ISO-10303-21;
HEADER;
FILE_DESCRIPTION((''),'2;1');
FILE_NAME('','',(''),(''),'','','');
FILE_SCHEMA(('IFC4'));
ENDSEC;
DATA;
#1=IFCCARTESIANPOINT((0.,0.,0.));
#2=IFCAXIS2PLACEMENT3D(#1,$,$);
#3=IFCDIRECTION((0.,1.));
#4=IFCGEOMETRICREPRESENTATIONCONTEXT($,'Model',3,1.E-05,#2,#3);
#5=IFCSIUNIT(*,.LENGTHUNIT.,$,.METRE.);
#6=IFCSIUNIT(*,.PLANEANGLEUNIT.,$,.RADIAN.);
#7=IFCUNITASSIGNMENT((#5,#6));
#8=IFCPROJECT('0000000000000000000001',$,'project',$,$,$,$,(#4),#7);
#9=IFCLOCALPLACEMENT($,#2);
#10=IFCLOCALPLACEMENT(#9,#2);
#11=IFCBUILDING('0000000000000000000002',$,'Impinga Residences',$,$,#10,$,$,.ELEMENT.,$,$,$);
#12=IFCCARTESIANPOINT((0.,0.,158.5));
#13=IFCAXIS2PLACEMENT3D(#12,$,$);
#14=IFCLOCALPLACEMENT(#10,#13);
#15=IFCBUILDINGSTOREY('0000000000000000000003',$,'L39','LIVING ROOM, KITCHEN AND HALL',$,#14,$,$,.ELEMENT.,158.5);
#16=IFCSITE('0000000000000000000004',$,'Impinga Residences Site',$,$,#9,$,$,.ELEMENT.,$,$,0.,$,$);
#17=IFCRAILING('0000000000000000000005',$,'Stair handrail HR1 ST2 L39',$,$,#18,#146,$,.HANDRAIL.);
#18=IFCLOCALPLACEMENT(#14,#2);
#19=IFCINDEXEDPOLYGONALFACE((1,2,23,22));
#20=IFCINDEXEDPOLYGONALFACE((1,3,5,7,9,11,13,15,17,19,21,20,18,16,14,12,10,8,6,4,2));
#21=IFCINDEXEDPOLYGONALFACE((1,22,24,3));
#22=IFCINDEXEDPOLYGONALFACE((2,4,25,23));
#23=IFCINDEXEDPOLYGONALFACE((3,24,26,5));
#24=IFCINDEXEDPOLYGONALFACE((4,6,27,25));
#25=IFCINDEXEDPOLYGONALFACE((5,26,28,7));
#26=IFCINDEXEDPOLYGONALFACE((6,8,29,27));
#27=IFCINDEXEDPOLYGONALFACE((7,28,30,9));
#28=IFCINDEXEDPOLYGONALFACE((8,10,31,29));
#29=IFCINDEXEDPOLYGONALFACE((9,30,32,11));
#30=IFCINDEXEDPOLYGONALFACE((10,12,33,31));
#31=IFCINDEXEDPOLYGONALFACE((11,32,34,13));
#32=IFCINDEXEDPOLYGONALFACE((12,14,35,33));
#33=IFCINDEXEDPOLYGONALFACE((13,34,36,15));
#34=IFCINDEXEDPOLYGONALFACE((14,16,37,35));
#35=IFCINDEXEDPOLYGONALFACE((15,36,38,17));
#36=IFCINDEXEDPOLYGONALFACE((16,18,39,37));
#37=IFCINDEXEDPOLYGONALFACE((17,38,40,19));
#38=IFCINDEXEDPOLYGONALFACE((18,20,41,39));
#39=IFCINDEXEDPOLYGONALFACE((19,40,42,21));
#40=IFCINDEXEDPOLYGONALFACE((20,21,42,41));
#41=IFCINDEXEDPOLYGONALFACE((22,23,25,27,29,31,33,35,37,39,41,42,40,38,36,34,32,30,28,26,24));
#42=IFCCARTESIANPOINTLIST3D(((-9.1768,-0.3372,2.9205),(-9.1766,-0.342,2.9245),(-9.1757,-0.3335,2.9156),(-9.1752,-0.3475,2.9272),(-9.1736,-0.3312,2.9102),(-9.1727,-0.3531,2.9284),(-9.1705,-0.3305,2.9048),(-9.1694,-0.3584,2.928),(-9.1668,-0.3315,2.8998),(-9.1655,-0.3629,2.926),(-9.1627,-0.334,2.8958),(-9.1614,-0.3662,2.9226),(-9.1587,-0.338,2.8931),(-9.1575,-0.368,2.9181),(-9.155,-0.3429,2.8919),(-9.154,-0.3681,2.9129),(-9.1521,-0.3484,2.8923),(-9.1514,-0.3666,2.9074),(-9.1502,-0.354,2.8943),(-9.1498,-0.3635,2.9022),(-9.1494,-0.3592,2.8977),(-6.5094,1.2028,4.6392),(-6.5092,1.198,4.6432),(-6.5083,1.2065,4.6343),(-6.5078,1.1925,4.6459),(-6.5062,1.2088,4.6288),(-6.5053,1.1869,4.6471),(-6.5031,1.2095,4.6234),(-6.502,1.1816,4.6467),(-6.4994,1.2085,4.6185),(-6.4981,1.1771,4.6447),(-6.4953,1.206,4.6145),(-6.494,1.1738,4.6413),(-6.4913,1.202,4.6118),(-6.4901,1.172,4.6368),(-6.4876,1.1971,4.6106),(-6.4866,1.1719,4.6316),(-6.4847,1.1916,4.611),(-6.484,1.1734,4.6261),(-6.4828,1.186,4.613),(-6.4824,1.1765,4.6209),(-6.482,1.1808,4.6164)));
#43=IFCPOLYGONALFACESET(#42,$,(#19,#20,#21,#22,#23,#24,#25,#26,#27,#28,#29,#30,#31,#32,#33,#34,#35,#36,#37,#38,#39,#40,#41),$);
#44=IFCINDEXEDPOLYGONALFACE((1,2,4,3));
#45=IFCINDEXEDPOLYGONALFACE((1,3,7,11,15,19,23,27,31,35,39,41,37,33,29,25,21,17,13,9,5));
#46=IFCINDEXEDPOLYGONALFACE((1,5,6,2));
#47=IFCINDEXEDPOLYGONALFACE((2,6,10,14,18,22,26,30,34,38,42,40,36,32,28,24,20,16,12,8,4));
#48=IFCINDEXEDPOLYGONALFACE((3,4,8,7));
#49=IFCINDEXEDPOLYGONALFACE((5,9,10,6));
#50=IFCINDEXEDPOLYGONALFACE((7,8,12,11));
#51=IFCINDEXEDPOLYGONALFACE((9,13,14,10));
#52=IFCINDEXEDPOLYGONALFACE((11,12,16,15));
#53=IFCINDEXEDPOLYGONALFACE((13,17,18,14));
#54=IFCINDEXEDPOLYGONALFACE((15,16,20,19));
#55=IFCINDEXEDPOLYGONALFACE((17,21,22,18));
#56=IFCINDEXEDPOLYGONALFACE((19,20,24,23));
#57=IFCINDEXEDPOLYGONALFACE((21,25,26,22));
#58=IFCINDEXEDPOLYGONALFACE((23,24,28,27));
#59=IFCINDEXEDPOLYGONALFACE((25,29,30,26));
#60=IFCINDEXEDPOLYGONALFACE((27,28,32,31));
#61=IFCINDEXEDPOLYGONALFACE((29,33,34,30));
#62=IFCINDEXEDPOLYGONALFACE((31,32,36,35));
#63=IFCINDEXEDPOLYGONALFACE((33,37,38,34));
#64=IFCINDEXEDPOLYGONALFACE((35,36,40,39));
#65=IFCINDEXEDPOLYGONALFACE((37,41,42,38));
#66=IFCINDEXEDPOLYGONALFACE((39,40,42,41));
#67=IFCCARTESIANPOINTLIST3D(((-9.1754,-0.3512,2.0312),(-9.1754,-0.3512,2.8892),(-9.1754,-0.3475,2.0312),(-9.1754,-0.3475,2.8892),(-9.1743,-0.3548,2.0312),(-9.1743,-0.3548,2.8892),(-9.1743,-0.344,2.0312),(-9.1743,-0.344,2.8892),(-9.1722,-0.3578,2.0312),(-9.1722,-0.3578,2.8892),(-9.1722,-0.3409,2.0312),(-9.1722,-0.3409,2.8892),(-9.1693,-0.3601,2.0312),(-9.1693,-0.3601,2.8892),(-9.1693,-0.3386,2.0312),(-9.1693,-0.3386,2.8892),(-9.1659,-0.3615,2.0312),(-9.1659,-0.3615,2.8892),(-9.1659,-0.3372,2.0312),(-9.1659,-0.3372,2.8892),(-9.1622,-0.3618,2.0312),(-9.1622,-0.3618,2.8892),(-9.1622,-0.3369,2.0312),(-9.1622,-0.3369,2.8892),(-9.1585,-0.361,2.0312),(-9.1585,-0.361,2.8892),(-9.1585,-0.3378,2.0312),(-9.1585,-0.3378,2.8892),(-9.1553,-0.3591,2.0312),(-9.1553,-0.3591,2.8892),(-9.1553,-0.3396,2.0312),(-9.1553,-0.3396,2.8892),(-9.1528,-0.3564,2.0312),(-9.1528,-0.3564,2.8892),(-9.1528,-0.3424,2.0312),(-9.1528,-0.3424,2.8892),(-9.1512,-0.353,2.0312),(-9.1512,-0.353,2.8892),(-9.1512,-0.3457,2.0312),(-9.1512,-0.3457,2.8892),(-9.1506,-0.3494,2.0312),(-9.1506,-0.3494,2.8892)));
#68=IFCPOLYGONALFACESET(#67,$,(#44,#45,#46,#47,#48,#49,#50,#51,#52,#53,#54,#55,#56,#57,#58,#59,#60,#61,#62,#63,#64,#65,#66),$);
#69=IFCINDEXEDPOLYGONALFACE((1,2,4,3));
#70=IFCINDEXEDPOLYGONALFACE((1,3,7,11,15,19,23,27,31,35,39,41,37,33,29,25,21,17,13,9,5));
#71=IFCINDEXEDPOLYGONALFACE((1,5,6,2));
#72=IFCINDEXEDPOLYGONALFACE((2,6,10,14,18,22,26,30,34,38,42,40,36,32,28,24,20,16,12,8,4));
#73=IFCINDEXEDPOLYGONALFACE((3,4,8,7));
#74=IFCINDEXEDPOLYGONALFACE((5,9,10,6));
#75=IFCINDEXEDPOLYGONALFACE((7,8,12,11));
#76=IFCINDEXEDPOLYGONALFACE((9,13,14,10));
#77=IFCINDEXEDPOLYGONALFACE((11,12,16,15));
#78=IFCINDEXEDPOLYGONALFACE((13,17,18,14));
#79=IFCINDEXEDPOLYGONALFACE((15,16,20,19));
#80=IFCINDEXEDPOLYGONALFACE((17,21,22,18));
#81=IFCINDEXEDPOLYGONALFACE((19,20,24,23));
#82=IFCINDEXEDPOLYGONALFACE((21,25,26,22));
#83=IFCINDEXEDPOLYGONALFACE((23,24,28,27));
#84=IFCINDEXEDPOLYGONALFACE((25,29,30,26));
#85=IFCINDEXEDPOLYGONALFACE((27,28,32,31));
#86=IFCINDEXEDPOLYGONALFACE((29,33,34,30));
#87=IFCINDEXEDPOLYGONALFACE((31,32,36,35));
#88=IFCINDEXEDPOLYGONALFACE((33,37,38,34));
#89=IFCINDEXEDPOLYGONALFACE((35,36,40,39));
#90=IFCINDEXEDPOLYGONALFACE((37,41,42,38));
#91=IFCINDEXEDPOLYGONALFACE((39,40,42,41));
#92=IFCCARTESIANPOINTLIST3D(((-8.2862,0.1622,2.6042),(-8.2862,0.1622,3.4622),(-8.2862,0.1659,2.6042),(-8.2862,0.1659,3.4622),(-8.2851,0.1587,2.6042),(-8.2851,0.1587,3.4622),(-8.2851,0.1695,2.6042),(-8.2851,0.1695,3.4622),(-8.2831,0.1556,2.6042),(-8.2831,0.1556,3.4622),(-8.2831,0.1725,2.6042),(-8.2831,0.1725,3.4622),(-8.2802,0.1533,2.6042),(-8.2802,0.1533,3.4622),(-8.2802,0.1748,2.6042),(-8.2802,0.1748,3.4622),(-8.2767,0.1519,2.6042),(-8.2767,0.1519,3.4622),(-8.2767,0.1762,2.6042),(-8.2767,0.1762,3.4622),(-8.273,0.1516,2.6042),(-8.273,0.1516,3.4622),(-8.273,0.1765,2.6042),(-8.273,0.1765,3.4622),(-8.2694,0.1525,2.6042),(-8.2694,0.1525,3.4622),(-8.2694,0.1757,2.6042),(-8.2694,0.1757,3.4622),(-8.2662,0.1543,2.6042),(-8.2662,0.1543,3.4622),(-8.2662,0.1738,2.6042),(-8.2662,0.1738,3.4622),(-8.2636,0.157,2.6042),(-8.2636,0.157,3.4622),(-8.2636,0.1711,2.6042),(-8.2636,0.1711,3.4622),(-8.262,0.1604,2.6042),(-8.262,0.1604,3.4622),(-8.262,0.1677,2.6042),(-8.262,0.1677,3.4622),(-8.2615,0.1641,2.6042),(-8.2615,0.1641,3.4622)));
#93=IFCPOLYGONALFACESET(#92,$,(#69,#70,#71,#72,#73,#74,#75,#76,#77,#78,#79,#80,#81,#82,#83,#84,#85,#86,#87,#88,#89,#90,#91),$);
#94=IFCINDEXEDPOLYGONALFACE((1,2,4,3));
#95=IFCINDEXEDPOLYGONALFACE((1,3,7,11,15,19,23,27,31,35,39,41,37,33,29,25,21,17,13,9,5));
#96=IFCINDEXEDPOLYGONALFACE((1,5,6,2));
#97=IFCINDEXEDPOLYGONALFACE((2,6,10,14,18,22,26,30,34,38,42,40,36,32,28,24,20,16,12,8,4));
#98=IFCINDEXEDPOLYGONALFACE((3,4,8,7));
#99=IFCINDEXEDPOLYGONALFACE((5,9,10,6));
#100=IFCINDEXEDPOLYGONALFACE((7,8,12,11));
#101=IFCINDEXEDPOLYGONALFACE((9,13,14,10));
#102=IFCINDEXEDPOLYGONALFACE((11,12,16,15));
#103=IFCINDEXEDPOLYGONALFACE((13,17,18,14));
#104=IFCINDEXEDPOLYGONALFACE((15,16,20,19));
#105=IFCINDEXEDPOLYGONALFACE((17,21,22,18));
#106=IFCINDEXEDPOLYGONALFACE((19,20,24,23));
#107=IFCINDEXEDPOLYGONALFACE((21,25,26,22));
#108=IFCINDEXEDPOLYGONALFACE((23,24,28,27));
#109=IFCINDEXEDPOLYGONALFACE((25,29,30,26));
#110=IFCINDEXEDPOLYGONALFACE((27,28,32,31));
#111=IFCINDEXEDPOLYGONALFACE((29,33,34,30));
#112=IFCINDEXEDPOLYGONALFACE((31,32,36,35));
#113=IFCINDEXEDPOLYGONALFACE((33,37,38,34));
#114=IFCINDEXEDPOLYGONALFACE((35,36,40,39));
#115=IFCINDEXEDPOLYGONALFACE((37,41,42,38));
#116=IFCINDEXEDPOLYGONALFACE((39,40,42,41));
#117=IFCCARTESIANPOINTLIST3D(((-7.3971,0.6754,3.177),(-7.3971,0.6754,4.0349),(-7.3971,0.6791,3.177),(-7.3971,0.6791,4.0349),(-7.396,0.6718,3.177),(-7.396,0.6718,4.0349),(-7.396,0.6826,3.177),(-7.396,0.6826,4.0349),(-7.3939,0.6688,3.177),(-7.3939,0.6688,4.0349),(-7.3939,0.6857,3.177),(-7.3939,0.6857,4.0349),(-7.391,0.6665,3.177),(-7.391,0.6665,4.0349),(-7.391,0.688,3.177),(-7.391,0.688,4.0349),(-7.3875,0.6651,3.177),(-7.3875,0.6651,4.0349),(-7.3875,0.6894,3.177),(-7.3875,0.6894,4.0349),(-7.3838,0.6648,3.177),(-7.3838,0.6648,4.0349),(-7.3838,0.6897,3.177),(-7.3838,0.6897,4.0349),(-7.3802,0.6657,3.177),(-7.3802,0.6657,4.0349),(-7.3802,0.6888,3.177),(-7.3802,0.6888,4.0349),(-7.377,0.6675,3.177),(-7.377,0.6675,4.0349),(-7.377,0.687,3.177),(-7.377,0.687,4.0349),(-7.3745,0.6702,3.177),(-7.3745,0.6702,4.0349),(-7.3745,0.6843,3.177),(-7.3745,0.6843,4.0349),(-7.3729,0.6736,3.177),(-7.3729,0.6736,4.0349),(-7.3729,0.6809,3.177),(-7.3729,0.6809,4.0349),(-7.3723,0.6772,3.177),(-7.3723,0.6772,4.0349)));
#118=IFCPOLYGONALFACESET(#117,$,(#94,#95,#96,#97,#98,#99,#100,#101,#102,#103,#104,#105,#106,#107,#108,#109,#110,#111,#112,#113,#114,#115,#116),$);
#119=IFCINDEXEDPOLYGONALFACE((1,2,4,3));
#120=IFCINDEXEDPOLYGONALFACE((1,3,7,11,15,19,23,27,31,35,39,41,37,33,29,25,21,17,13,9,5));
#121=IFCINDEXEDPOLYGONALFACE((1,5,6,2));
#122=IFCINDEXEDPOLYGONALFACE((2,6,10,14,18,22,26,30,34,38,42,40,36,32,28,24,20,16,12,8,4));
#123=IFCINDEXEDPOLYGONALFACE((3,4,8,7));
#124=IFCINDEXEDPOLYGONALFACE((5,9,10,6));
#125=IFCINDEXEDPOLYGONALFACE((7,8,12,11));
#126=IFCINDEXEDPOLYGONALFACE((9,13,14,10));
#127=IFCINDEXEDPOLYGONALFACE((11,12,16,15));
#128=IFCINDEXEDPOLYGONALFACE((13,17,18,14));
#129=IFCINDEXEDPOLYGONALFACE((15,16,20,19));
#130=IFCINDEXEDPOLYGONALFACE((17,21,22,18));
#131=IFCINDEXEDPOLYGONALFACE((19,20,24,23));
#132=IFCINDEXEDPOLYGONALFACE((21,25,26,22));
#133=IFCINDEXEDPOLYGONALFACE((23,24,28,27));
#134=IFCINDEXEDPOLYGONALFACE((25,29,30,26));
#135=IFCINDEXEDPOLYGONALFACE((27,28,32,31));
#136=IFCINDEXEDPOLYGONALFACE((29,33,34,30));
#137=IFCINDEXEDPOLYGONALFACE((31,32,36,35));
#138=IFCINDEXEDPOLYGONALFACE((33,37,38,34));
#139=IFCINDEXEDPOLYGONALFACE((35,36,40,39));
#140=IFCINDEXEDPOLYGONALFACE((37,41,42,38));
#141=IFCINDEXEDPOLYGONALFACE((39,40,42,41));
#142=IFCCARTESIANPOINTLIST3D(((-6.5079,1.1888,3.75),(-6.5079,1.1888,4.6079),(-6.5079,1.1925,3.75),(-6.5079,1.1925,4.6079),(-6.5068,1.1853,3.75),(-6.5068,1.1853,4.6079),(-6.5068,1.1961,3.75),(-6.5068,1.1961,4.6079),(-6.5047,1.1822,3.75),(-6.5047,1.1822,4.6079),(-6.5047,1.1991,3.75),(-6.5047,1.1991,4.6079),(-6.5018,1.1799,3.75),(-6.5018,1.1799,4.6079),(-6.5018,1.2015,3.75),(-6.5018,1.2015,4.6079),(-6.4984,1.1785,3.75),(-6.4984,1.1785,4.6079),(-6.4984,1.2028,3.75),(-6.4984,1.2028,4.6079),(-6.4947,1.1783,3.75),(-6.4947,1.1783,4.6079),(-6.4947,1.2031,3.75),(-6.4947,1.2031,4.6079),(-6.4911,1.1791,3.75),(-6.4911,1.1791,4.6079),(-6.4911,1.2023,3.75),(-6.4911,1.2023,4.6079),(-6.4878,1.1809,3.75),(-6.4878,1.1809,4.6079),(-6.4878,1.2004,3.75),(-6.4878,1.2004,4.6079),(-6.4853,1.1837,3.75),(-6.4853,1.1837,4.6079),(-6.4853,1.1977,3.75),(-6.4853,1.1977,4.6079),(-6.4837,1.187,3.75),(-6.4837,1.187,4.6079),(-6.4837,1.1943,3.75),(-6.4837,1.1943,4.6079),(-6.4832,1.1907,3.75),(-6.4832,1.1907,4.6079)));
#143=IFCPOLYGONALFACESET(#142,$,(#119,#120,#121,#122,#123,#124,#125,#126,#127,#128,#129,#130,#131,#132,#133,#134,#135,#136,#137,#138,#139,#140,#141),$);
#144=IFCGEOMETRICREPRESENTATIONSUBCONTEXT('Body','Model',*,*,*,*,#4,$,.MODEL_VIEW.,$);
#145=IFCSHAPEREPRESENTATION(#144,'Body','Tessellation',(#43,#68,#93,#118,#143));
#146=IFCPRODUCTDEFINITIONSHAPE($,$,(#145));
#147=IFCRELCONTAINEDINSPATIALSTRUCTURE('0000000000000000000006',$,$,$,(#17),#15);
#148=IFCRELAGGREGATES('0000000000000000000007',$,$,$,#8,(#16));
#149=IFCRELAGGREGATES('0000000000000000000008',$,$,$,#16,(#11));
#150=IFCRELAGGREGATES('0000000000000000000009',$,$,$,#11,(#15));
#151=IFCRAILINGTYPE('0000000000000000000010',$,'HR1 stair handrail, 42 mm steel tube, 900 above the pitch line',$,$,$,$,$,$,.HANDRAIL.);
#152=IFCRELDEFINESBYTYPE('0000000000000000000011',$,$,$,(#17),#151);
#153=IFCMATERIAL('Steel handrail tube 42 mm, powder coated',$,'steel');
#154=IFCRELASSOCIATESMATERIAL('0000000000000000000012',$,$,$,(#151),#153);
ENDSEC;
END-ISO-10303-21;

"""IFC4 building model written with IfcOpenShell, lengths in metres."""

from ifc_helpers import new_model, si_unit, direction, frame, origin, origin_2d, place, context, subcontext, project, spatial, circle, extrude, material, type_object, element, save


model = new_model("IFC4")

# Units and contexts
model_context = context("Model", 3, precision=1e-05, world=origin(), true_north=direction((0.0, 1.0)))
body_context = subcontext(model_context, "Body", "Model", "MODEL_VIEW")
ifc_project = project(units=[si_unit("LENGTHUNIT", "METRE"), si_unit("PLANEANGLEUNIT", "RADIAN")], contexts=[model_context])

# Site, building, storey
site_placement = place(None, origin())
site = spatial("IfcSite", under=ifc_project, at=site_placement, Name="Impinga Residences Site", CompositionType="ELEMENT", RefElevation=0.0)
building_placement = place(site_placement, origin())
building = spatial("IfcBuilding", under=site, at=building_placement, Name="Impinga Residences", CompositionType="ELEMENT")
storey_placement = place(building_placement, frame((0.0, 0.0, 158.5)))
storey = spatial("IfcBuildingStorey", under=building, at=storey_placement, Name="L39", Description="LIVING ROOM, KITCHEN AND HALL", CompositionType="ELEMENT", Elevation=158.5)

# Railing
ifc_material_1 = material(Name="Steel handrail tube 42 mm, powder coated", Category="steel")
railing_type_1 = type_object("IfcRailingType", Name="HR1 stair handrail, 42 mm steel tube, 900 above the pitch line", PredefinedType="HANDRAIL", material=ifc_material_1)
railing_1_placement = place(storey_placement, frame((-9.1631, -0.3494, 2.0312)))
element("IfcRailing", 1, at=railing_1_placement, inside=storey, type_object=railing_type_1, Name="Stair handrail HR1 ST2 L39", PredefinedType="HANDRAIL", context=body_context, shape_type="SweptSolid", body=[
    extrude(circle(Radius=0.021, at=origin_2d()), frame((0.0, 0.0, 0.8789), z_axis=(0.756256, 0.436616, 0.487282), x_axis=(-0.499992, 0.86603, 0.0)), (0.0, 0.0, 1.0), 3.5271),
    extrude(circle(Radius=0.0125, at=origin_2d()), origin(), (0.0, 0.0, 1.0), 0.8579),
    extrude(circle(Radius=0.0125, at=origin_2d()), frame((0.8892, 0.5134, 0.573)), (0.0, 0.0, 1.0), 0.8579),
    extrude(circle(Radius=0.0125, at=origin_2d()), frame((1.7783, 1.0266, 1.1458)), (0.0, 0.0, 1.0), 0.8579),
    extrude(circle(Radius=0.0125, at=origin_2d()), frame((2.6675, 1.54, 1.7188)), (0.0, 0.0, 1.0), 0.8579),
])

save(model, "model.ifc")
